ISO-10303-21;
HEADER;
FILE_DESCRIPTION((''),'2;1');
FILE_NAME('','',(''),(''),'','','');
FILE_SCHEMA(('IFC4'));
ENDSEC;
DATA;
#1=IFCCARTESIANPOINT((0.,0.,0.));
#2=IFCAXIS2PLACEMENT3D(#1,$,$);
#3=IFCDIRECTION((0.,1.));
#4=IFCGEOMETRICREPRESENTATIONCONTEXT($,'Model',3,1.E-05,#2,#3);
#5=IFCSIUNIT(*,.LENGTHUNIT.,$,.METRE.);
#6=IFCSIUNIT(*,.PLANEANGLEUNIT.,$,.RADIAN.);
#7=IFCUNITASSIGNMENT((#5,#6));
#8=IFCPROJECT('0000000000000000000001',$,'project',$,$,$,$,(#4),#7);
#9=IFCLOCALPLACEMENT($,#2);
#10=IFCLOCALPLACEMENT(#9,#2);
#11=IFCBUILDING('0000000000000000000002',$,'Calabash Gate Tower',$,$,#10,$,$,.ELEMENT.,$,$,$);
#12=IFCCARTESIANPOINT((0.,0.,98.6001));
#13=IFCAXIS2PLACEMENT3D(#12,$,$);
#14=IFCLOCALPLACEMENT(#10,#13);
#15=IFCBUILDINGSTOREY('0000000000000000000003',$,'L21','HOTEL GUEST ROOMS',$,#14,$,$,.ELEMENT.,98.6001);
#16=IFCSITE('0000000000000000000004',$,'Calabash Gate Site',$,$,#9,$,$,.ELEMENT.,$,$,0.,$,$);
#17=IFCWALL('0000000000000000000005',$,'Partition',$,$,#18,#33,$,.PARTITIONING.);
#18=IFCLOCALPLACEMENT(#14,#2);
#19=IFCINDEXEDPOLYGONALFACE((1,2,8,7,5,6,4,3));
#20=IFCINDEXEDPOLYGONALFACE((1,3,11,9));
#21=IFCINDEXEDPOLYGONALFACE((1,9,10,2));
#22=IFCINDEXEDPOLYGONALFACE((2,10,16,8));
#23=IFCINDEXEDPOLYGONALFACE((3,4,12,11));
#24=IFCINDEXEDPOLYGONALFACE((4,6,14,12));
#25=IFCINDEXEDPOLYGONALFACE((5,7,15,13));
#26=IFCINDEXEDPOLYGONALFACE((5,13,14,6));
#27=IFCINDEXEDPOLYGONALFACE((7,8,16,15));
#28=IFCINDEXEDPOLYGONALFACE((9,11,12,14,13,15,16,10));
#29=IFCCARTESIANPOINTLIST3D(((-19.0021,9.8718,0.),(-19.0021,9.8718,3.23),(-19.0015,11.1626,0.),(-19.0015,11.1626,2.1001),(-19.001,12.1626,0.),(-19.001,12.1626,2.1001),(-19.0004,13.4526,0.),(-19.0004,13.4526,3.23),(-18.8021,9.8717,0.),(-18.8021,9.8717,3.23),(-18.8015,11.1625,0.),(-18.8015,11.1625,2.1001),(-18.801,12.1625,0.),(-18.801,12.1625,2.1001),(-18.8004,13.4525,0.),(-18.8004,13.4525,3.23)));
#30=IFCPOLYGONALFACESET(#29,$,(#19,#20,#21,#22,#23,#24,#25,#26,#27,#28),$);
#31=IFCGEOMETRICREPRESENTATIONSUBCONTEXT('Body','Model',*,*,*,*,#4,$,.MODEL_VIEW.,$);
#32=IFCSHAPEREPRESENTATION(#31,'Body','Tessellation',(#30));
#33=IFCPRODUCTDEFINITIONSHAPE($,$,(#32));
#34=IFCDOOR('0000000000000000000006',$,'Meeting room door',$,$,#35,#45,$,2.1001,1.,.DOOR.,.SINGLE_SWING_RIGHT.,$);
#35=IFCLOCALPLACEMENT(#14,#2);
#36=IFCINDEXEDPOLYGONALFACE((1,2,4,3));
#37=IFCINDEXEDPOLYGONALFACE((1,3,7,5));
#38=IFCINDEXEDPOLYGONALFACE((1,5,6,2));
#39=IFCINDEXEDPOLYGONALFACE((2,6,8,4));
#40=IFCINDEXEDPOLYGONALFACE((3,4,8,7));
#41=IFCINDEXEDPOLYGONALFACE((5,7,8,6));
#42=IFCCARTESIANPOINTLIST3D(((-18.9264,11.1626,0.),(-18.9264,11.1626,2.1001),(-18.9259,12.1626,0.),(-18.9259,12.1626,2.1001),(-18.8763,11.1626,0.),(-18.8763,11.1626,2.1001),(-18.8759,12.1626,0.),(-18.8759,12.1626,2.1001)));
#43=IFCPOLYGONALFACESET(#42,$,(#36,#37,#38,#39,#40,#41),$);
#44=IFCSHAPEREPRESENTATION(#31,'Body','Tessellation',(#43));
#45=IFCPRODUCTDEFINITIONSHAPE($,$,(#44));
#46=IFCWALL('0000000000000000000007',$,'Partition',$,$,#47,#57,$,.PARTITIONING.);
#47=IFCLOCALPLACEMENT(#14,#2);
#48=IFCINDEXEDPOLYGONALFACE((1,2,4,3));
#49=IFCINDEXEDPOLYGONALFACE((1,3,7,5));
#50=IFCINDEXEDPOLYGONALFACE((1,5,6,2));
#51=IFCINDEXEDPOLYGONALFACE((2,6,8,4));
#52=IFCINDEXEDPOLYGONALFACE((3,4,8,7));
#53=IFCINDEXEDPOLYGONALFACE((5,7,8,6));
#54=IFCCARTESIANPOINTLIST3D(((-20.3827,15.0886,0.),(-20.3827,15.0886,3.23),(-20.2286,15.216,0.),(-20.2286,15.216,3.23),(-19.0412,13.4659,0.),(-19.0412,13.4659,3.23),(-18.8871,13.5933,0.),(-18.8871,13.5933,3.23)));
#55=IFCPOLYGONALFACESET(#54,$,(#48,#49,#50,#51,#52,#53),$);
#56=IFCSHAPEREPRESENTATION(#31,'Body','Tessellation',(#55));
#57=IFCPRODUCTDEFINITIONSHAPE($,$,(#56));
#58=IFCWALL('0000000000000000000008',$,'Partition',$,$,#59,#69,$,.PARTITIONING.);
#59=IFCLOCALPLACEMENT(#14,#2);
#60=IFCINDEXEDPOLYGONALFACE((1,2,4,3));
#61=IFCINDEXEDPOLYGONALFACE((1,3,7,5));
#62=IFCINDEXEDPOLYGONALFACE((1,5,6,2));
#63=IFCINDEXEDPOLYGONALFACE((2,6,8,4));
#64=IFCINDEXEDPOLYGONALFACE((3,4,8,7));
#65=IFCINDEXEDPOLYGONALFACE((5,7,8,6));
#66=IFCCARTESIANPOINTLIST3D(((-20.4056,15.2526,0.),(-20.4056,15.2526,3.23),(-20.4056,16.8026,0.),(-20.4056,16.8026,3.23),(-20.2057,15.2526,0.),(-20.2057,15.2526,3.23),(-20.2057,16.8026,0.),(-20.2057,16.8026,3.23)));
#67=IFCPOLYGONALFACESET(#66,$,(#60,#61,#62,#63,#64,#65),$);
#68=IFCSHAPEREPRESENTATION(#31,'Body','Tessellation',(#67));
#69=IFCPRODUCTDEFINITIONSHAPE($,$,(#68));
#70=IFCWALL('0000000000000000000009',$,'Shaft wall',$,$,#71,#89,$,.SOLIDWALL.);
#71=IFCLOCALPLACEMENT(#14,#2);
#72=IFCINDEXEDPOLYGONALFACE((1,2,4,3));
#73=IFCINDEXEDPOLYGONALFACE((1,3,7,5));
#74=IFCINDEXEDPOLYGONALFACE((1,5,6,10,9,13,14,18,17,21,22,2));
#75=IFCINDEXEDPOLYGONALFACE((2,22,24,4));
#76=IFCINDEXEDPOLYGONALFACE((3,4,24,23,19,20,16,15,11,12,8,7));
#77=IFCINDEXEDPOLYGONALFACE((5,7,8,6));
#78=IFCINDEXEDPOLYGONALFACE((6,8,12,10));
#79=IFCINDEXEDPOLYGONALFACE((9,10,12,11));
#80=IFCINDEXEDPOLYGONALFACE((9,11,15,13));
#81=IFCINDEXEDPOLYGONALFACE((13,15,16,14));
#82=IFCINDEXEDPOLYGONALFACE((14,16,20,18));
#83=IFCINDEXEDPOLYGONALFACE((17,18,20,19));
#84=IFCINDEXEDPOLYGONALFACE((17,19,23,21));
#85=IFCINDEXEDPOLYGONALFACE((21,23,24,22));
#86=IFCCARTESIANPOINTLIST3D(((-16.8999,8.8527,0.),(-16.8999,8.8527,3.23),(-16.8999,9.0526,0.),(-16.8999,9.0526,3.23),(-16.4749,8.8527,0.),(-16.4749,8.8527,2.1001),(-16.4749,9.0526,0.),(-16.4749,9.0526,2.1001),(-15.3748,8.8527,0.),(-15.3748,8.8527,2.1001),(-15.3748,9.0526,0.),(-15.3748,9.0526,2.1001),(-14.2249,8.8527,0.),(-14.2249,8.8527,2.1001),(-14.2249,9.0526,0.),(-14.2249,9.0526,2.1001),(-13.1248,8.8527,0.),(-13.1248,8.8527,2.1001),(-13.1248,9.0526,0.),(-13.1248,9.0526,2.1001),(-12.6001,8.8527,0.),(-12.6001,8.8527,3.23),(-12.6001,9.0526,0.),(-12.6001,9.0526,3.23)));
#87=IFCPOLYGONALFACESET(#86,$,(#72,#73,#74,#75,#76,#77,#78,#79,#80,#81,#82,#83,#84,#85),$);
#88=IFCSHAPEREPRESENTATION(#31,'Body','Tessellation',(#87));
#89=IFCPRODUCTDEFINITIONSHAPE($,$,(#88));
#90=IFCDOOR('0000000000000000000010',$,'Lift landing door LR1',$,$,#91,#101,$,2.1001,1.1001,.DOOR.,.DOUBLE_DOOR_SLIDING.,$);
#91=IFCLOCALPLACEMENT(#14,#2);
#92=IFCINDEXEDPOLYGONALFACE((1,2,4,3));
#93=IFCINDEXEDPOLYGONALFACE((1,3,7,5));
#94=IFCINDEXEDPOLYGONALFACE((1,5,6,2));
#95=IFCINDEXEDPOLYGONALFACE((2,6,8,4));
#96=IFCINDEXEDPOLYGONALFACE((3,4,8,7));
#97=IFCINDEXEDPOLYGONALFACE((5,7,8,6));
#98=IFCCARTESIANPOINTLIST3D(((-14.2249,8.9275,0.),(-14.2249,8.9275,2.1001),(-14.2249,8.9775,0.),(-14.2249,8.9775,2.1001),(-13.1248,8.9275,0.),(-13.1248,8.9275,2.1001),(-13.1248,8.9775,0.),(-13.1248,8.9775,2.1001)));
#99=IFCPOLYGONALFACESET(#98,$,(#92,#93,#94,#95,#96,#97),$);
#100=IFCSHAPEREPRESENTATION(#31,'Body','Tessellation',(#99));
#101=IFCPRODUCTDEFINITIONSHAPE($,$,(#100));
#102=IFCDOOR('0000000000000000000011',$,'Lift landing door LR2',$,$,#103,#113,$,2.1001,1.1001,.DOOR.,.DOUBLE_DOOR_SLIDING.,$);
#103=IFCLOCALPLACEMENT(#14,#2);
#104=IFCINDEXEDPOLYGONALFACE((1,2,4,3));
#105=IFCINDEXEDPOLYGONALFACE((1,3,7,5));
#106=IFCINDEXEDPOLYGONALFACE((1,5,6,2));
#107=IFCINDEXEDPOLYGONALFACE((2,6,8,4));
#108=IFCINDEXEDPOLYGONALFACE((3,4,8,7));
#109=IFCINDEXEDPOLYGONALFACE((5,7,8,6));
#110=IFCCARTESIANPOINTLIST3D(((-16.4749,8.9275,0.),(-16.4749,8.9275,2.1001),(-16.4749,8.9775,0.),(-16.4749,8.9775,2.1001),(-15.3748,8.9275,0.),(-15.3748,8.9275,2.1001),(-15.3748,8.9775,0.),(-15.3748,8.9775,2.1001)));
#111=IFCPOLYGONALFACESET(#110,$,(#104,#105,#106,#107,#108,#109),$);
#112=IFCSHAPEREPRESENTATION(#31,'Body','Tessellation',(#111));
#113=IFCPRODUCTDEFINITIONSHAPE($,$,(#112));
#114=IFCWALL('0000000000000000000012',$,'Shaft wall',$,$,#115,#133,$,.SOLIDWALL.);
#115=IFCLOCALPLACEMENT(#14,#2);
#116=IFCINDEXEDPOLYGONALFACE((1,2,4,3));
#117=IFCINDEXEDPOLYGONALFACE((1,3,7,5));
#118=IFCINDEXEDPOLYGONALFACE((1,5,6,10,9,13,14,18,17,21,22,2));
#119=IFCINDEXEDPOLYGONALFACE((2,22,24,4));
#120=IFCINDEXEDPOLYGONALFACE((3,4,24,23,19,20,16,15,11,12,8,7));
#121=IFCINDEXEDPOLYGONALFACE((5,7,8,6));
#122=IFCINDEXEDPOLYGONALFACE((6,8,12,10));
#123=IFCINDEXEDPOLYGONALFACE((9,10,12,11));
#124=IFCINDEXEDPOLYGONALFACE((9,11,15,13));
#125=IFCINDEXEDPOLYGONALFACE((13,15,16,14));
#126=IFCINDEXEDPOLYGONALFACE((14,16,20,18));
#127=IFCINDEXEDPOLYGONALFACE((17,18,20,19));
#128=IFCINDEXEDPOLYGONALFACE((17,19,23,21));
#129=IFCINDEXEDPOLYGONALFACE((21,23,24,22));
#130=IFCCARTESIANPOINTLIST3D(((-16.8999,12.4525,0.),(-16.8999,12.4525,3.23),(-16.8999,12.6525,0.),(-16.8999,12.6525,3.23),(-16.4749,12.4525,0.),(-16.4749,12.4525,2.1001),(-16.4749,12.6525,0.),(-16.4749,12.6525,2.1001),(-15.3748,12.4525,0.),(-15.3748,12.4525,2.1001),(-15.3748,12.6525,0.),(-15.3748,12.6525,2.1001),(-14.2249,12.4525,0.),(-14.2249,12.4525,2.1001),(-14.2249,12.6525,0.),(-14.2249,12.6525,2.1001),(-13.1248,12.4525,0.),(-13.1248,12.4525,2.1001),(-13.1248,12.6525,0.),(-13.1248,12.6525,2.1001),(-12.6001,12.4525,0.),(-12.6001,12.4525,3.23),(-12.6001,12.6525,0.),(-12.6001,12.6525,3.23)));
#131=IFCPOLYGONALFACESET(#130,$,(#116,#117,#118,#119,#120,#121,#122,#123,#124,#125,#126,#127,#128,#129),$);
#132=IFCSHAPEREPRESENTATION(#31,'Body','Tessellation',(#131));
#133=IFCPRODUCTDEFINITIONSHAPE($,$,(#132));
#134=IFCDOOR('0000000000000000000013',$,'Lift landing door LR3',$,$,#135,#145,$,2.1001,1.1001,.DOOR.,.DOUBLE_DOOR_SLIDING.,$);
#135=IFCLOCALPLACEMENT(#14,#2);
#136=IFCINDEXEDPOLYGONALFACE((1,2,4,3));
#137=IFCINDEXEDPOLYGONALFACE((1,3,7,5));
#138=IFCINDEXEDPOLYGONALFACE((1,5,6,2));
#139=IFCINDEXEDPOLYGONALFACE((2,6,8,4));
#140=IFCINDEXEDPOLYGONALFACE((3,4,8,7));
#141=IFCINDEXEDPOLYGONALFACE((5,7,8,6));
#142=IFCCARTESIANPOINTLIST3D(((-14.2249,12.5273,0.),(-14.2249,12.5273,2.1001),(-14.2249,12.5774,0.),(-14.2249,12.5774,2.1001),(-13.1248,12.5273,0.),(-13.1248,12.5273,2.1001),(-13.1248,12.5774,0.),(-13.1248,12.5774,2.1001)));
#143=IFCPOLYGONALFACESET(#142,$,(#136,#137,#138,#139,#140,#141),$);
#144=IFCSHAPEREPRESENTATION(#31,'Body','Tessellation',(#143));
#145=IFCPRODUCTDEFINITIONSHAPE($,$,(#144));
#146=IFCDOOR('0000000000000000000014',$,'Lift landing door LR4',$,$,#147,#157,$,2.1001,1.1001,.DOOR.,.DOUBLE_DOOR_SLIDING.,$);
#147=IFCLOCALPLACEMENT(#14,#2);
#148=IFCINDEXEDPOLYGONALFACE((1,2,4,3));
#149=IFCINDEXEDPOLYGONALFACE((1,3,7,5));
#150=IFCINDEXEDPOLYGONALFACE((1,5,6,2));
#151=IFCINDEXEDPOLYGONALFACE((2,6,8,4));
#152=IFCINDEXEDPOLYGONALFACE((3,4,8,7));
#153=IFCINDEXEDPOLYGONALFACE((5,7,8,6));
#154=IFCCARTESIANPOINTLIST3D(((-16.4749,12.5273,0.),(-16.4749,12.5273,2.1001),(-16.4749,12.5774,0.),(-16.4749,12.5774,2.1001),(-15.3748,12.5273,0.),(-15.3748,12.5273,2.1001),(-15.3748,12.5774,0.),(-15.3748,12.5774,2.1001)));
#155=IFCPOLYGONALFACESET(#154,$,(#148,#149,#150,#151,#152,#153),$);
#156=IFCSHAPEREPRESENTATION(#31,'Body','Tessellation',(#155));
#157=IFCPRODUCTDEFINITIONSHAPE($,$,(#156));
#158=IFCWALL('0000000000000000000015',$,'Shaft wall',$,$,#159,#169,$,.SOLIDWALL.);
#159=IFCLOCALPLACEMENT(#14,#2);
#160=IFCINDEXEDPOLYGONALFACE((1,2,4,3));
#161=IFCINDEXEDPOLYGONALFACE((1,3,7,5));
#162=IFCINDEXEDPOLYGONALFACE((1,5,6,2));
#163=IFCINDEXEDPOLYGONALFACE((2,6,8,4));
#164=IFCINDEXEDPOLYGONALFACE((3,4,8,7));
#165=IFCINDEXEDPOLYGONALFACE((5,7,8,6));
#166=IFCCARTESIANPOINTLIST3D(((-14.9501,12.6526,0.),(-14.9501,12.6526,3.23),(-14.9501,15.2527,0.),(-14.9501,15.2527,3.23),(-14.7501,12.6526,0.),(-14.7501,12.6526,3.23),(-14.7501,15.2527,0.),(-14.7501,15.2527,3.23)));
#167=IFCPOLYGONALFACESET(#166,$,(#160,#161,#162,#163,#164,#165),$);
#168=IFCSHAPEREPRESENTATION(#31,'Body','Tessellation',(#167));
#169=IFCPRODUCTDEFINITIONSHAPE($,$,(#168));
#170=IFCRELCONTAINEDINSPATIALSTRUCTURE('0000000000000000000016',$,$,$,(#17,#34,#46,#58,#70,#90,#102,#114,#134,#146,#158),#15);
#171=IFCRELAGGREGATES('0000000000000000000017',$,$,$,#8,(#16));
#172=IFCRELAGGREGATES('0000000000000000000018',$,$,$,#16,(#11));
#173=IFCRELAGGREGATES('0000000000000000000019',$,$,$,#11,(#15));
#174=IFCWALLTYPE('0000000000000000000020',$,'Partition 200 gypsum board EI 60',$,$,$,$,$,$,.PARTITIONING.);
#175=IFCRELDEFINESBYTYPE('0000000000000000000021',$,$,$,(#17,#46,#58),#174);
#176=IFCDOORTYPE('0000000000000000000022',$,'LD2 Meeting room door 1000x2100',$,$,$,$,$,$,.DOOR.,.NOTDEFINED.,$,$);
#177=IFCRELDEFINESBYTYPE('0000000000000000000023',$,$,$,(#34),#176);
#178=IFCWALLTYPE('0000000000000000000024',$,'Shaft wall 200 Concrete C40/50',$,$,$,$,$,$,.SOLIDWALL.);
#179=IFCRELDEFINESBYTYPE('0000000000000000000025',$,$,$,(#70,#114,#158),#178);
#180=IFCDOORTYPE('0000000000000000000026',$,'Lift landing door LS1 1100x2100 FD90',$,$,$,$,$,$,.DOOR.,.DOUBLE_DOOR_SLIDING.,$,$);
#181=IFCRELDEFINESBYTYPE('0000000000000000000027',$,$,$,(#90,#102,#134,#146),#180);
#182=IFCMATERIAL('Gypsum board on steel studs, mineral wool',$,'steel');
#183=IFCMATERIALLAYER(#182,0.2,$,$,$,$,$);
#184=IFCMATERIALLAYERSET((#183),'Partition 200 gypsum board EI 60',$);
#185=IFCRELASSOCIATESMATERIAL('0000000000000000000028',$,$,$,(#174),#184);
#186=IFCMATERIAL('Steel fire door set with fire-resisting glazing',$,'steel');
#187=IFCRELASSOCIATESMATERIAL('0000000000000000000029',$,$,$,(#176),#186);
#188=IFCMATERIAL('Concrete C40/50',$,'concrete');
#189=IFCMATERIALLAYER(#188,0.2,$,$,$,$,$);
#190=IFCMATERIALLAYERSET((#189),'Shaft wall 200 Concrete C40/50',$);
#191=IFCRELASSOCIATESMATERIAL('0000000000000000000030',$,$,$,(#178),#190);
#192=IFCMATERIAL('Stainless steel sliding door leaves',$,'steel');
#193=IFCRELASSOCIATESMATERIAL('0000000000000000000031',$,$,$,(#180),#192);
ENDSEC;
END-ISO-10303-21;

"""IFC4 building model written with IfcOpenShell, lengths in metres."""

from ifc_helpers import new_model, si_unit, direction, frame, frame_2d, origin, place, context, subcontext, project, spatial, rectangle, extrude, material, layer, layer_set, type_object, element, fill, save


model = new_model("IFC4")

# Units and contexts
model_context = context("Model", 3, precision=1e-05, world=origin(), true_north=direction((0.0, 1.0)))
body_context = subcontext(model_context, "Body", "Model", "MODEL_VIEW")
ifc_project = project(units=[si_unit("LENGTHUNIT", "METRE"), si_unit("PLANEANGLEUNIT", "RADIAN")], contexts=[model_context])

# Site, building, storey
site_placement = place(None, origin())
site = spatial("IfcSite", under=ifc_project, at=site_placement, Name="Calabash Gate Site", CompositionType="ELEMENT", RefElevation=0.0)
building_placement = place(site_placement, origin())
building = spatial("IfcBuilding", under=site, at=building_placement, Name="Calabash Gate Tower", CompositionType="ELEMENT")
storey_placement = place(building_placement, frame((0.0, 0.0, 98.6001)))
storey = spatial("IfcBuildingStorey", under=building, at=storey_placement, Name="L21", Description="HOTEL GUEST ROOMS", CompositionType="ELEMENT", Elevation=98.6001)

# Shared definitions
ifc_material_1 = material(Name="Gypsum board on steel studs, mineral wool", Category="steel")
ifc_layer_1 = layer(ifc_material_1, 0.2)
ifc_layer_set_1 = layer_set([ifc_layer_1], Name="Partition 200 gypsum board EI 60")
wall_type_1 = type_object("IfcWallType", Name="Partition 200 gypsum board EI 60", PredefinedType="PARTITIONING", material=ifc_layer_set_1)

# Wall, opening, door
wall_1_placement = place(storey_placement, frame((-18.9021, 9.8716, 0.0), z_axis=(0.0, 0.0, 1.0), x_axis=(0.000477, 1.0, 0.0)))
wall_1 = element("IfcWall", 1, at=wall_1_placement, inside=storey, type_object=wall_type_1, Name="Partition", PredefinedType="PARTITIONING", context=body_context, shape_type="SweptSolid", body=[
    extrude(rectangle(XDim=3.5808, YDim=0.2, at=frame_2d((1.7905, 0.0))), origin(), (0.0, 0.0, 1.0), 3.23),
])
opening_1_placement = place(wall_1_placement, frame((1.291, 0.0, 0.0)))
opening_1 = element("IfcOpeningElement", 2, at=opening_1_placement, cuts=wall_1, PredefinedType="OPENING", context=body_context, shape_type="SweptSolid", body=[
    extrude(rectangle(XDim=1.0, YDim=2.1001, at=frame_2d((0.5, 1.05))), frame((0.0, 0.1099, 0.0), z_axis=(0.0, -1.0, 0.0), x_axis=(1.0, 0.0, 0.0)), (0.0, 0.0, 1.0), 0.22),
])
ifc_material_2 = material(Name="Steel fire door set with fire-resisting glazing", Category="steel")
door_type_1 = type_object("IfcDoorType", Name="LD2 Meeting room door 1000x2100", OperationType="NOTDEFINED", PredefinedType="DOOR", material=ifc_material_2)
door_1_placement = place(opening_1_placement, origin())
door_1 = element("IfcDoor", 3, at=door_1_placement, inside=storey, type_object=door_type_1, Name="Meeting room door", OperationType="SINGLE_SWING_RIGHT", OverallHeight=2.1001, OverallWidth=1.0, PredefinedType="DOOR", context=body_context, shape_type="SweptSolid", body=[
    extrude(rectangle(XDim=1.0, YDim=2.1001, at=frame_2d((0.5, 1.05))), frame((0.0, 0.0249, 0.0), z_axis=(0.0, -1.0, 0.0), x_axis=(1.0, 0.0, 0.0)), (0.0, 0.0, 1.0), 0.05),
])
fill(opening_1, door_1)

# Walls
wall_2_placement = place(storey_placement, frame((-20.3057, 15.1523, 0.0), z_axis=(0.0, 0.0, 1.0), x_axis=(0.637157, -0.770734, 0.0)))
element("IfcWall", 4, at=wall_2_placement, inside=storey, type_object=wall_type_1, Name="Partition", PredefinedType="PARTITIONING", context=body_context, shape_type="SweptSolid", body=[
    extrude(rectangle(XDim=2.1055, YDim=0.2, at=frame_2d((1.0527, 0.0))), origin(), (0.0, 0.0, 1.0), 3.23),
])
wall_3_placement = place(storey_placement, frame((-20.3057, 16.8025, 0.0), z_axis=(0.0, 0.0, 1.0), x_axis=(0.0, -1.0, 0.0)))
element("IfcWall", 5, at=wall_3_placement, inside=storey, type_object=wall_type_1, Name="Partition", PredefinedType="PARTITIONING", context=body_context, shape_type="SweptSolid", body=[
    extrude(rectangle(XDim=1.55, YDim=0.2, at=frame_2d((0.7749, 0.0))), origin(), (0.0, 0.0, 1.0), 3.23),
])

# Walls, openings, doors
ifc_material_3 = material(Name="Concrete C40/50", Category="concrete")
ifc_layer_2 = layer(ifc_material_3, 0.2)
ifc_layer_set_2 = layer_set([ifc_layer_2], Name="Shaft wall 200 Concrete C40/50")
wall_type_2 = type_object("IfcWallType", Name="Shaft wall 200 Concrete C40/50", PredefinedType="SOLIDWALL", material=ifc_layer_set_2)
wall_4_placement = place(storey_placement, frame((-16.8999, 8.9526, 0.0), z_axis=(0.0, 0.0, 1.0), x_axis=(1.0, 0.0, 0.0)))
wall_4 = element("IfcWall", 6, at=wall_4_placement, inside=storey, type_object=wall_type_2, Name="Shaft wall", PredefinedType="SOLIDWALL", context=body_context, shape_type="SweptSolid", body=[
    extrude(rectangle(XDim=4.2998, YDim=0.2, at=frame_2d((2.1499, 0.0))), origin(), (0.0, 0.0, 1.0), 3.23),
])
opening_2_placement = place(wall_4_placement, frame((2.675, 0.0, 0.0)))
opening_2 = element("IfcOpeningElement", 7, at=opening_2_placement, cuts=wall_4, PredefinedType="OPENING", context=body_context, shape_type="SweptSolid", body=[
    extrude(rectangle(XDim=1.1001, YDim=2.1001, at=frame_2d((0.55, 1.05))), frame((0.0, 0.1099, 0.0), z_axis=(0.0, -1.0, 0.0), x_axis=(1.0, 0.0, 0.0)), (0.0, 0.0, 1.0), 0.22),
])
opening_3_placement = place(wall_4_placement, frame((0.425, 0.0, 0.0)))
opening_3 = element("IfcOpeningElement", 8, at=opening_3_placement, cuts=wall_4, PredefinedType="OPENING", context=body_context, shape_type="SweptSolid", body=[
    extrude(rectangle(XDim=1.1001, YDim=2.1001, at=frame_2d((0.55, 1.05))), frame((0.0, 0.1099, 0.0), z_axis=(0.0, -1.0, 0.0), x_axis=(1.0, 0.0, 0.0)), (0.0, 0.0, 1.0), 0.22),
])
ifc_material_4 = material(Name="Stainless steel sliding door leaves", Category="steel")
door_type_2 = type_object("IfcDoorType", Name="Lift landing door LS1 1100x2100 FD90", OperationType="DOUBLE_DOOR_SLIDING", PredefinedType="DOOR", material=ifc_material_4)
door_2_placement = place(opening_2_placement, origin())
door_2 = element("IfcDoor", 9, at=door_2_placement, inside=storey, type_object=door_type_2, Name="Lift landing door LR1", OperationType="DOUBLE_DOOR_SLIDING", OverallHeight=2.1001, OverallWidth=1.1001, PredefinedType="DOOR", context=body_context, shape_type="SweptSolid", body=[
    extrude(rectangle(XDim=1.1001, YDim=2.1001, at=frame_2d((0.55, 1.05))), frame((0.0, 0.0249, 0.0), z_axis=(0.0, -1.0, 0.0), x_axis=(1.0, 0.0, 0.0)), (0.0, 0.0, 1.0), 0.05),
])
fill(opening_2, door_2)
door_3_placement = place(opening_3_placement, origin())
door_3 = element("IfcDoor", 10, at=door_3_placement, inside=storey, type_object=door_type_2, Name="Lift landing door LR2", OperationType="DOUBLE_DOOR_SLIDING", OverallHeight=2.1001, OverallWidth=1.1001, PredefinedType="DOOR", context=body_context, shape_type="SweptSolid", body=[
    extrude(rectangle(XDim=1.1001, YDim=2.1001, at=frame_2d((0.55, 1.05))), frame((0.0, 0.0249, 0.0), z_axis=(0.0, -1.0, 0.0), x_axis=(1.0, 0.0, 0.0)), (0.0, 0.0, 1.0), 0.05),
])
fill(opening_3, door_3)
wall_5_placement = place(storey_placement, frame((-16.8999, 12.5525, 0.0), z_axis=(0.0, 0.0, 1.0), x_axis=(1.0, 0.0, 0.0)))
wall_5 = element("IfcWall", 11, at=wall_5_placement, inside=storey, type_object=wall_type_2, Name="Shaft wall", PredefinedType="SOLIDWALL", context=body_context, shape_type="SweptSolid", body=[
    extrude(rectangle(XDim=4.2998, YDim=0.2, at=frame_2d((2.1499, 0.0))), origin(), (0.0, 0.0, 1.0), 3.23),
])
opening_4_placement = place(wall_5_placement, frame((2.675, 0.0, 0.0)))
opening_4 = element("IfcOpeningElement", 12, at=opening_4_placement, cuts=wall_5, PredefinedType="OPENING", context=body_context, shape_type="SweptSolid", body=[
    extrude(rectangle(XDim=1.1001, YDim=2.1001, at=frame_2d((0.55, 1.05))), frame((0.0, 0.1099, 0.0), z_axis=(0.0, -1.0, 0.0), x_axis=(1.0, 0.0, 0.0)), (0.0, 0.0, 1.0), 0.22),
])
opening_5_placement = place(wall_5_placement, frame((0.425, 0.0, 0.0)))
opening_5 = element("IfcOpeningElement", 13, at=opening_5_placement, cuts=wall_5, PredefinedType="OPENING", context=body_context, shape_type="SweptSolid", body=[
    extrude(rectangle(XDim=1.1001, YDim=2.1001, at=frame_2d((0.55, 1.05))), frame((0.0, 0.1099, 0.0), z_axis=(0.0, -1.0, 0.0), x_axis=(1.0, 0.0, 0.0)), (0.0, 0.0, 1.0), 0.22),
])
door_4_placement = place(opening_4_placement, origin())
door_4 = element("IfcDoor", 14, at=door_4_placement, inside=storey, type_object=door_type_2, Name="Lift landing door LR3", OperationType="DOUBLE_DOOR_SLIDING", OverallHeight=2.1001, OverallWidth=1.1001, PredefinedType="DOOR", context=body_context, shape_type="SweptSolid", body=[
    extrude(rectangle(XDim=1.1001, YDim=2.1001, at=frame_2d((0.55, 1.05))), frame((0.0, 0.0249, 0.0), z_axis=(0.0, -1.0, 0.0), x_axis=(1.0, 0.0, 0.0)), (0.0, 0.0, 1.0), 0.05),
])
fill(opening_4, door_4)
door_5_placement = place(opening_5_placement, origin())
door_5 = element("IfcDoor", 15, at=door_5_placement, inside=storey, type_object=door_type_2, Name="Lift landing door LR4", OperationType="DOUBLE_DOOR_SLIDING", OverallHeight=2.1001, OverallWidth=1.1001, PredefinedType="DOOR", context=body_context, shape_type="SweptSolid", body=[
    extrude(rectangle(XDim=1.1001, YDim=2.1001, at=frame_2d((0.55, 1.05))), frame((0.0, 0.0249, 0.0), z_axis=(0.0, -1.0, 0.0), x_axis=(1.0, 0.0, 0.0)), (0.0, 0.0, 1.0), 0.05),
])
fill(opening_5, door_5)

# Wall
wall_6_placement = place(storey_placement, frame((-14.8501, 12.6526, 0.0), z_axis=(0.0, 0.0, 1.0), x_axis=(0.0, 1.0, 0.0)))
element("IfcWall", 16, at=wall_6_placement, inside=storey, type_object=wall_type_2, Name="Shaft wall", PredefinedType="SOLIDWALL", context=body_context, shape_type="SweptSolid", body=[
    extrude(rectangle(XDim=2.6001, YDim=0.2, at=frame_2d((1.3, 0.0))), origin(), (0.0, 0.0, 1.0), 3.23),
])

save(model, "model.ifc")
